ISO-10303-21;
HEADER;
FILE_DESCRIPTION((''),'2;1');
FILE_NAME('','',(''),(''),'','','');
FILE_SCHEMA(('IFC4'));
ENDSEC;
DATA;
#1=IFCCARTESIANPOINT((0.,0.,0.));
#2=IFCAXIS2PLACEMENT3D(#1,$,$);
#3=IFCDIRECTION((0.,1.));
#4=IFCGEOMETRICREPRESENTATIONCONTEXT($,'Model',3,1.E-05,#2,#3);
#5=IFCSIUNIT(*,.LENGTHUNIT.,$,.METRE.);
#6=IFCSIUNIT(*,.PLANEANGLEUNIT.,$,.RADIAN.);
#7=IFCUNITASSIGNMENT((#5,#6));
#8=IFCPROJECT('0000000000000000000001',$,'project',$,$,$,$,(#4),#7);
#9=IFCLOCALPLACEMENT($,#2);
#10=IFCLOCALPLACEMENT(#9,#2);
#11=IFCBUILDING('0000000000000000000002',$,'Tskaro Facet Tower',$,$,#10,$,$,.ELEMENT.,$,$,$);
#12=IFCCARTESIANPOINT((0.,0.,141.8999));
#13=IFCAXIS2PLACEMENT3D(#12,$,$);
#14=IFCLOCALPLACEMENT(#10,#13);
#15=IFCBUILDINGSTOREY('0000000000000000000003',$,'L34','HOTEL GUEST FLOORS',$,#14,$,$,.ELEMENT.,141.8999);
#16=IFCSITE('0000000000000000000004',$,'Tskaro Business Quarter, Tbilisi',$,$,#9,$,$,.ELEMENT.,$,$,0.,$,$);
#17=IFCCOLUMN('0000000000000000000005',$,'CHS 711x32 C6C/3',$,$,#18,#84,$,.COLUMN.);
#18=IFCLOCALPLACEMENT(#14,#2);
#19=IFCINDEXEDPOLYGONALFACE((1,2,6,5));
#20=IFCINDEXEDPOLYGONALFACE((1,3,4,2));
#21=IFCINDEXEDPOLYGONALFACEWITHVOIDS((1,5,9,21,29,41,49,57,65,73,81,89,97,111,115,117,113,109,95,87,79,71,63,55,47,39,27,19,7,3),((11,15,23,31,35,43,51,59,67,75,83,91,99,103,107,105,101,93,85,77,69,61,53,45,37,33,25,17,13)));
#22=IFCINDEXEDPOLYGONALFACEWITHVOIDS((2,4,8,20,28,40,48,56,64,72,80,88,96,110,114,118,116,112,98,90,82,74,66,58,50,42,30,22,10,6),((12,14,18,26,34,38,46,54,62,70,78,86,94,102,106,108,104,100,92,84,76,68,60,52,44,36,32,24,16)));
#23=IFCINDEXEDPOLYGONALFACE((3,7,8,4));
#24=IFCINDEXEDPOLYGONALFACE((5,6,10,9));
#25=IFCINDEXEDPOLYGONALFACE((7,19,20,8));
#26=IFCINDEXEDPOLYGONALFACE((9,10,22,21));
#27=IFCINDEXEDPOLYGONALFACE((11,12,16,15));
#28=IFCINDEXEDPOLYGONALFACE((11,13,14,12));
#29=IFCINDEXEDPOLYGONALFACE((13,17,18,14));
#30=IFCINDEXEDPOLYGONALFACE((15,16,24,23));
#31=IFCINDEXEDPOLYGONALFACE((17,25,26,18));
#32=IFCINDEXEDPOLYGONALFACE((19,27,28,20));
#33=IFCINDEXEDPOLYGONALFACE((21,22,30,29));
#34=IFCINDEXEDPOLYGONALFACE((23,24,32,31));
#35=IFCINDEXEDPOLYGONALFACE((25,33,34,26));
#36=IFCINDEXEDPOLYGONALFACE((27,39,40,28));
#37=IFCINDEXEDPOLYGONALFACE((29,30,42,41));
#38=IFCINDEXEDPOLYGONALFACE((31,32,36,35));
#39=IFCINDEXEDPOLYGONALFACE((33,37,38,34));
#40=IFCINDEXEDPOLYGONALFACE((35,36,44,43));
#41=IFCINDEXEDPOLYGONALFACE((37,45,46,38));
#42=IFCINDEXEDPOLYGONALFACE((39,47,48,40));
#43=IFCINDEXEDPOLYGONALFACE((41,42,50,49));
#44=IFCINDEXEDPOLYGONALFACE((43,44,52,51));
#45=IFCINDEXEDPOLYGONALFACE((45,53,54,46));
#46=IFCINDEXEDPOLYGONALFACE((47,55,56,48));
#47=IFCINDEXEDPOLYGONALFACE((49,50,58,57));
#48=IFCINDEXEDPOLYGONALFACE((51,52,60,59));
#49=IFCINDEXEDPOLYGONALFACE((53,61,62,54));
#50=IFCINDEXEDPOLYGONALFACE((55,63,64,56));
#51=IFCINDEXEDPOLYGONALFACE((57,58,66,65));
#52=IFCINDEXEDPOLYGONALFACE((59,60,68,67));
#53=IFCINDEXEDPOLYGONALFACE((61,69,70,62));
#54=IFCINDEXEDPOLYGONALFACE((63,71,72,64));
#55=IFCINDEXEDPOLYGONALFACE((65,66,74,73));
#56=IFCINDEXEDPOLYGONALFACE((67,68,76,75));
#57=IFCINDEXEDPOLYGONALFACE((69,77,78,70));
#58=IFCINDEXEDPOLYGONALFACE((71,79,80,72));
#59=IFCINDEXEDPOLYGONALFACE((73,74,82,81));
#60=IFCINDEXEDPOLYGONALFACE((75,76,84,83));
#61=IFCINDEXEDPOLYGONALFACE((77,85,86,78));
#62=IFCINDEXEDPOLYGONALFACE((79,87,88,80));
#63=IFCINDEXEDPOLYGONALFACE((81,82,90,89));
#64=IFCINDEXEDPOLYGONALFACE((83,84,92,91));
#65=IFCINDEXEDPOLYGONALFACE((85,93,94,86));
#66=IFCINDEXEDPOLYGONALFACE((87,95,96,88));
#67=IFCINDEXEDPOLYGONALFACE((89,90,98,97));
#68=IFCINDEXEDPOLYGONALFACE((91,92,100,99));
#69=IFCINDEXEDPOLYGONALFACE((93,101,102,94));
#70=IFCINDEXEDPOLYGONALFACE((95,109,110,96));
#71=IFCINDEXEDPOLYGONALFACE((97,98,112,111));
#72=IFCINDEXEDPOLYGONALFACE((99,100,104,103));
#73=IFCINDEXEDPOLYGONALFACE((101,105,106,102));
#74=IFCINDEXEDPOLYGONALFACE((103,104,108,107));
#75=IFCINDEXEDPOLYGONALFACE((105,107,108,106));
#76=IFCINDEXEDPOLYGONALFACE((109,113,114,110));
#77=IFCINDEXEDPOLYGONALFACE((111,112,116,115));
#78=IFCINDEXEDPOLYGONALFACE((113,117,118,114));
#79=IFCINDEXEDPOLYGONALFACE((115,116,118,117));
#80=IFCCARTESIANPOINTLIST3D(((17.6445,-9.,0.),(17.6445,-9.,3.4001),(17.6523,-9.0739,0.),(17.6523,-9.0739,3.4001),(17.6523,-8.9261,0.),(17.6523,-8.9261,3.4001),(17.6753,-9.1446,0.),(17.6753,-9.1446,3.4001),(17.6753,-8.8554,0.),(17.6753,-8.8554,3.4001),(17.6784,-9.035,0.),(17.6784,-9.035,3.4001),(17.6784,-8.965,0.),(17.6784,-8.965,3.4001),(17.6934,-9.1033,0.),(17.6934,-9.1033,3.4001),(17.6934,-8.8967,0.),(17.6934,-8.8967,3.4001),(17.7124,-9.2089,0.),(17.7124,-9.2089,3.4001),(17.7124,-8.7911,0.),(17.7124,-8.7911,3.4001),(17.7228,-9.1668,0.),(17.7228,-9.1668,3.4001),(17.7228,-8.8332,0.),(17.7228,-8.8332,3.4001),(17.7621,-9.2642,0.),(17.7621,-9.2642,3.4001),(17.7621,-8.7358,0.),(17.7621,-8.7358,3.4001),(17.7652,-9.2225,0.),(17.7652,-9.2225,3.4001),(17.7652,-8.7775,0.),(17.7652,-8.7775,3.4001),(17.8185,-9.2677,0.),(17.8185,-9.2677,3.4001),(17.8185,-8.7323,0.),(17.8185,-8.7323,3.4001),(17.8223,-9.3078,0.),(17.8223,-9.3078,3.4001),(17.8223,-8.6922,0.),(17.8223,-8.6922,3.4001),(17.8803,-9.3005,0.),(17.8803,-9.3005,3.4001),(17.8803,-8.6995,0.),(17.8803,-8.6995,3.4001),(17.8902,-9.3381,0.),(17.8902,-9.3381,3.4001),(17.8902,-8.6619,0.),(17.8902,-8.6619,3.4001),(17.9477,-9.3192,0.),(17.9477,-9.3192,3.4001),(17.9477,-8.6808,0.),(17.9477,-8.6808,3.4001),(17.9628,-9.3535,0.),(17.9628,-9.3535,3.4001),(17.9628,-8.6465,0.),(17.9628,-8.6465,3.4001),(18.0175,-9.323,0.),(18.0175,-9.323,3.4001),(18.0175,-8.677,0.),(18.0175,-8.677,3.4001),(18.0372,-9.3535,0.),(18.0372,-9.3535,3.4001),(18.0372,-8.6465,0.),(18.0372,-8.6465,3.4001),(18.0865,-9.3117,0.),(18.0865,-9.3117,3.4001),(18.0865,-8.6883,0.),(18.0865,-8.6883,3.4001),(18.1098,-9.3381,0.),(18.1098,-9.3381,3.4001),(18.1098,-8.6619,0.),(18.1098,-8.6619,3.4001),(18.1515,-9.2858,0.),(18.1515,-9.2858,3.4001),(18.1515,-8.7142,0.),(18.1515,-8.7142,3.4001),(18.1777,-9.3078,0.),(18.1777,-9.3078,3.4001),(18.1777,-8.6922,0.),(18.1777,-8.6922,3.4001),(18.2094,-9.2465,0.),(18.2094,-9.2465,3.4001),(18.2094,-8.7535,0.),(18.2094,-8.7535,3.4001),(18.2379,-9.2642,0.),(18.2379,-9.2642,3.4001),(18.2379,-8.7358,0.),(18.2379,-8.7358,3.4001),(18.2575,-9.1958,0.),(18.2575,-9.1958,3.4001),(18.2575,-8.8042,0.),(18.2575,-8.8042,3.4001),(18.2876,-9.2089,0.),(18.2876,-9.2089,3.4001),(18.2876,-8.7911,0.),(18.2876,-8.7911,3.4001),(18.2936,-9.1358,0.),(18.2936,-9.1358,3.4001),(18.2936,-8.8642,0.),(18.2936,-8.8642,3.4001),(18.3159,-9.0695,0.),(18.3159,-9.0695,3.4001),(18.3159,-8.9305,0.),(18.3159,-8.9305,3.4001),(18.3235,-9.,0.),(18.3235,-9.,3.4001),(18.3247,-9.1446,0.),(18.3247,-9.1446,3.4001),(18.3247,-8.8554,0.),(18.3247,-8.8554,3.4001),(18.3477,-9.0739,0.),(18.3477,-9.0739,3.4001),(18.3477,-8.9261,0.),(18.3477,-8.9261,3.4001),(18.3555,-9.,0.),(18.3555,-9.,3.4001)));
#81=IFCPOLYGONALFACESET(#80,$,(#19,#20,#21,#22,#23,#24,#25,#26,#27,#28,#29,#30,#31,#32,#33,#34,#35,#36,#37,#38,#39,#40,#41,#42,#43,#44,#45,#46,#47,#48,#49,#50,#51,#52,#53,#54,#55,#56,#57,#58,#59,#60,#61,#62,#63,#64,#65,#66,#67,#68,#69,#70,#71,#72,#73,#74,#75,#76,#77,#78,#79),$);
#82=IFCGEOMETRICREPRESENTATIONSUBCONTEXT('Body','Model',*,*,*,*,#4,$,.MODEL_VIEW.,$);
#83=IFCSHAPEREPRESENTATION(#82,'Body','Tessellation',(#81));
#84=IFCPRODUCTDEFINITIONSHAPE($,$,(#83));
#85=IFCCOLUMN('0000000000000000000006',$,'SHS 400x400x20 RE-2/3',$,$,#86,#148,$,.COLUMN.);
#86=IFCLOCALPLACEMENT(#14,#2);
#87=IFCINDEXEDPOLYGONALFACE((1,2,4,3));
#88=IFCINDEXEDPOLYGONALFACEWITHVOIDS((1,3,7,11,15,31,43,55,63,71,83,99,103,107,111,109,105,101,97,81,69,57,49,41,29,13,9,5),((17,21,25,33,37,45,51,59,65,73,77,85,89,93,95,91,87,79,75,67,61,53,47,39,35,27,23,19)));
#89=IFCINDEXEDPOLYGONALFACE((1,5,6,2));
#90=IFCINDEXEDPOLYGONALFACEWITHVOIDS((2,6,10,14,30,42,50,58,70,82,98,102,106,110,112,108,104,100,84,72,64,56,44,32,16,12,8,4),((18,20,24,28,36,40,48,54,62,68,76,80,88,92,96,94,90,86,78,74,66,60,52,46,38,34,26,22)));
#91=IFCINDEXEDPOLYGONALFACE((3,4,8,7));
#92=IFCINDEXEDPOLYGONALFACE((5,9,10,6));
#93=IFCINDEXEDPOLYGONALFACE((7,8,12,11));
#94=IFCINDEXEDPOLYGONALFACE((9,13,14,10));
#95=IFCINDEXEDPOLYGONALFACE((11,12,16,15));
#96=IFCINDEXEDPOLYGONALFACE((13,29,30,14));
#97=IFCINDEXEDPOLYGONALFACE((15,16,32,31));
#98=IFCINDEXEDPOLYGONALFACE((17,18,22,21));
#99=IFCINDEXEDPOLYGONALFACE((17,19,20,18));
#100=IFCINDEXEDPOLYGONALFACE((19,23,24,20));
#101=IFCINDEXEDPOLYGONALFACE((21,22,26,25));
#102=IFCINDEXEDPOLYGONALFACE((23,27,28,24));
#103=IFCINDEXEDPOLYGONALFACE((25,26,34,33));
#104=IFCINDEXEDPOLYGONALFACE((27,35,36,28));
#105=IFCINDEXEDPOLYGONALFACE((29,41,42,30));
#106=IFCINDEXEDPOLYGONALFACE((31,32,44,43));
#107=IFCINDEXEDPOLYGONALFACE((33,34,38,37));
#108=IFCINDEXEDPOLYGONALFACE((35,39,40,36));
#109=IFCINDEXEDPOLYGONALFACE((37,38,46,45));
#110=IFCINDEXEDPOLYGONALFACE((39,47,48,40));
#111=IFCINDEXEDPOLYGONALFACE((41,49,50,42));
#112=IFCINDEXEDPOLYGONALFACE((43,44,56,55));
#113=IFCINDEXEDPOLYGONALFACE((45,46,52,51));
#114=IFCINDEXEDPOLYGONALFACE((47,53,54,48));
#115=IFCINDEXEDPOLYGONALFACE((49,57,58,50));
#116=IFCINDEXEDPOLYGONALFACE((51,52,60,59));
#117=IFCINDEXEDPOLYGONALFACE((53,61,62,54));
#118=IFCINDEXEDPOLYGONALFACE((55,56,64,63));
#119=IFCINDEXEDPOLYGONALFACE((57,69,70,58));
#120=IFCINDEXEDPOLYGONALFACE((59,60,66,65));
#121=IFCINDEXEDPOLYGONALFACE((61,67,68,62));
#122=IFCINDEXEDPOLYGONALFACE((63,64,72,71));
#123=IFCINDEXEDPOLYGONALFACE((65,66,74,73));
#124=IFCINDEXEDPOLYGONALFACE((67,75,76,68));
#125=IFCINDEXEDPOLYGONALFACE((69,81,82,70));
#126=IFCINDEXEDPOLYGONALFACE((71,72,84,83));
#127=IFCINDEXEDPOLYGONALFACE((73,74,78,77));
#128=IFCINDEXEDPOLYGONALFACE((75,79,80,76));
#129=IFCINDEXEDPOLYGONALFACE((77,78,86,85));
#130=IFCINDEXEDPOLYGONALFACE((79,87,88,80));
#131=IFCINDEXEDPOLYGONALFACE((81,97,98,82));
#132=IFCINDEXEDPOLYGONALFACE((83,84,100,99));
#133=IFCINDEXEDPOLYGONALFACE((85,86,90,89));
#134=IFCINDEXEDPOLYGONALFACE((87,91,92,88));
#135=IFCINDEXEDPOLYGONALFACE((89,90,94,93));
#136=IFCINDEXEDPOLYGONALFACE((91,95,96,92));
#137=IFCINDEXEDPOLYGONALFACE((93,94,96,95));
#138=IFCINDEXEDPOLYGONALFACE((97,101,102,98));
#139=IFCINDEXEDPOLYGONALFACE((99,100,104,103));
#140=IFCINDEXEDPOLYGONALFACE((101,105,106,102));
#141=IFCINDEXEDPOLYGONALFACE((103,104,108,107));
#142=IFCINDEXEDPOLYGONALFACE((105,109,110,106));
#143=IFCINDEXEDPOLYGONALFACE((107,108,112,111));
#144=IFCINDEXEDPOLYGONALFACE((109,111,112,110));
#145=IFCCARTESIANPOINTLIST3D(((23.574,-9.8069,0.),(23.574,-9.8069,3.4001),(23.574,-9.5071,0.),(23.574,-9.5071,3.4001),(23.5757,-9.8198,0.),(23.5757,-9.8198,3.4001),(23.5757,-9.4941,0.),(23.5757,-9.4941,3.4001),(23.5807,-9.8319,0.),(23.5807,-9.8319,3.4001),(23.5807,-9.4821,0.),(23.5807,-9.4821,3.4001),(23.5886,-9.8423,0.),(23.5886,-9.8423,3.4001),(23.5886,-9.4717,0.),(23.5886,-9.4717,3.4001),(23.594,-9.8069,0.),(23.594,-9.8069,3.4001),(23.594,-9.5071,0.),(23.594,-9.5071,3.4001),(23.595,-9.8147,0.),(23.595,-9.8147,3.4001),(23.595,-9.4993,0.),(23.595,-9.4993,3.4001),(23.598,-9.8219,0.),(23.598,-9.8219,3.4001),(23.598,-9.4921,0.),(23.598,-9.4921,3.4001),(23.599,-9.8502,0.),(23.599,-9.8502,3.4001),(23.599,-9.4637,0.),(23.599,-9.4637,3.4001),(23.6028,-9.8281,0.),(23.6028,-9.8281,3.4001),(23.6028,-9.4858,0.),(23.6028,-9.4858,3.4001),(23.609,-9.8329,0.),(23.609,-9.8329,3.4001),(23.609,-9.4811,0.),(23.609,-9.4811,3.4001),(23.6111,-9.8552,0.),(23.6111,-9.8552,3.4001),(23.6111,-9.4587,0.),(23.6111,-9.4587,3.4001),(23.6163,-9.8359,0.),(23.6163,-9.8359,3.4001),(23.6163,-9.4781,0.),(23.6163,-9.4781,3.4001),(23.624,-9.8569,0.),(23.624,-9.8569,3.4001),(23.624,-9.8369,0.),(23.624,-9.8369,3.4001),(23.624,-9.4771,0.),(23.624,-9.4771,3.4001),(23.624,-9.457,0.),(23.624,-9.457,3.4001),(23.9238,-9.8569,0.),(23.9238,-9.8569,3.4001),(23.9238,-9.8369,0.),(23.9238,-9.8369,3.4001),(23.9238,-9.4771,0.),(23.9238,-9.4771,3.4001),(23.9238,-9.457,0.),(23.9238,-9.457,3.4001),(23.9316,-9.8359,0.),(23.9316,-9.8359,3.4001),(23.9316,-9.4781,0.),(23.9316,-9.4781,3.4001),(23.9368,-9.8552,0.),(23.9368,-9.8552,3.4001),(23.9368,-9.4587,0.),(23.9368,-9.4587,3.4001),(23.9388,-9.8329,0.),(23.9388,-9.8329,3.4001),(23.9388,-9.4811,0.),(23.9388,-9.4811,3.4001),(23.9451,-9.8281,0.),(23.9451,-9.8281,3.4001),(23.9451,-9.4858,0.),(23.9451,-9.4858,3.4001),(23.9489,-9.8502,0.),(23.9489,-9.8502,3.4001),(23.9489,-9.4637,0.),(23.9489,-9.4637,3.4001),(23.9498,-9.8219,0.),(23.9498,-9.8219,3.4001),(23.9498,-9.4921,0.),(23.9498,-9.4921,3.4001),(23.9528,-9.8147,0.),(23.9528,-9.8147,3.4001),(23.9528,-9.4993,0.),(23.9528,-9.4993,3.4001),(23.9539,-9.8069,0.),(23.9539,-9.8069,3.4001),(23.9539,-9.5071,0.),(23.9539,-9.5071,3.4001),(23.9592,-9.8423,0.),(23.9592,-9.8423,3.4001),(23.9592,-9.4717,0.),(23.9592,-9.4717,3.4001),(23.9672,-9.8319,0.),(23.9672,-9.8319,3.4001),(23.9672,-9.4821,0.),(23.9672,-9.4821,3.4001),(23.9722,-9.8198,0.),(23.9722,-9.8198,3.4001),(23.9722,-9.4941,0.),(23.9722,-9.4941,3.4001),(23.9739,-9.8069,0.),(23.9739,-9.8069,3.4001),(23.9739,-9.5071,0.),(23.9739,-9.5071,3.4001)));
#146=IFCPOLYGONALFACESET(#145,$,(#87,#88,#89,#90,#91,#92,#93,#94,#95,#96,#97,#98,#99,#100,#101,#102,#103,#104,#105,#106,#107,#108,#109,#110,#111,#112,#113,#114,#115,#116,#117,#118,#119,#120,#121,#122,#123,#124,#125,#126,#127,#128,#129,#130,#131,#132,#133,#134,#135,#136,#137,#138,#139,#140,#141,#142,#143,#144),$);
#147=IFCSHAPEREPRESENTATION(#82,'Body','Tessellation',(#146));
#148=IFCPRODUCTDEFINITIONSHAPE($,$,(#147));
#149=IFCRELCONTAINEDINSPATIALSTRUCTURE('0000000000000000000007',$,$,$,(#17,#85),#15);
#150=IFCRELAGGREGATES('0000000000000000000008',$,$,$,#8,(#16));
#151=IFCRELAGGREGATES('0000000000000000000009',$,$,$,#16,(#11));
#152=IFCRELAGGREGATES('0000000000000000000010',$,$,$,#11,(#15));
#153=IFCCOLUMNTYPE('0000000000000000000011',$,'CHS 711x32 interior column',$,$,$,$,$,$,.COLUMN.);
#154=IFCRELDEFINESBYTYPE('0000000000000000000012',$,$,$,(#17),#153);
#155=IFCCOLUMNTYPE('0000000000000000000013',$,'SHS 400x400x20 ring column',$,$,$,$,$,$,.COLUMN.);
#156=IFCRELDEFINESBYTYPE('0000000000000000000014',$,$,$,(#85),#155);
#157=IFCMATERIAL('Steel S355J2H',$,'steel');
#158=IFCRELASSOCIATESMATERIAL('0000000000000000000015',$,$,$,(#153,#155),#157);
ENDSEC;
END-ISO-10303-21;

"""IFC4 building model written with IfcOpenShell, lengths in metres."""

from ifc_helpers import new_model, si_unit, direction, frame, origin, origin_2d, place, context, subcontext, project, spatial, hollow_rectangle, hollow_circle, extrude, material, material_profile, profile_set, type_object, element, save


model = new_model("IFC4")

# Units and contexts
model_context = context("Model", 3, precision=1e-05, world=origin(), true_north=direction((0.0, 1.0)))
body_context = subcontext(model_context, "Body", "Model", "MODEL_VIEW")
ifc_project = project(units=[si_unit("LENGTHUNIT", "METRE"), si_unit("PLANEANGLEUNIT", "RADIAN")], contexts=[model_context])

# Site, building, storey
site_placement = place(None, origin())
site = spatial("IfcSite", under=ifc_project, at=site_placement, Name="Tskaro Business Quarter, Tbilisi", CompositionType="ELEMENT", RefElevation=0.0)
building_placement = place(site_placement, origin())
building = spatial("IfcBuilding", under=site, at=building_placement, Name="Tskaro Facet Tower", CompositionType="ELEMENT")
storey_placement = place(building_placement, frame((0.0, 0.0, 141.8999)))
storey = spatial("IfcBuildingStorey", under=building, at=storey_placement, Name="L34", Description="HOTEL GUEST FLOORS", CompositionType="ELEMENT", Elevation=141.8999)

# Columns
ifc_material_1 = material(Name="Steel S355J2H", Category="steel")
ifc_material_profile_1 = material_profile(ifc_material_1, hollow_circle(Radius=0.3555, WallThickness=0.032, at=origin_2d()), Name="CHS 711x32")
ifc_profile_set_1 = profile_set([ifc_material_profile_1], Name="Steel S355J2H")
column_type_1 = type_object("IfcColumnType", Name="CHS 711x32 interior column", PredefinedType="COLUMN", material=ifc_profile_set_1)
column_placement = place(storey_placement, frame((18.0, -9.0, 0.0), z_axis=(0.0, 0.0, 1.0), x_axis=(1.0, 0.0, 0.0)))
element("IfcColumn", 1, at=column_placement, inside=storey, type_object=column_type_1, Name="CHS 711x32 C6C/3", PredefinedType="COLUMN", context=body_context, shape_type="SweptSolid", body=[
    extrude(hollow_circle(Radius=0.3555, WallThickness=0.032, at=origin_2d()), origin(), (0.0, 0.0, 1.0), 3.4001),
])
ifc_material_profile_2 = material_profile(ifc_material_1, hollow_rectangle(XDim=0.3999, YDim=0.3999, WallThickness=0.02, InnerFilletRadius=0.03, OuterFilletRadius=0.05, at=origin_2d()), Name="SHS 400x400x20")
ifc_profile_set_2 = profile_set([ifc_material_profile_2], Name="Steel S355J2H")
column_type_2 = type_object("IfcColumnType", Name="SHS 400x400x20 ring column", PredefinedType="COLUMN", material=ifc_profile_set_2)
for number, where, z_axis, x_axis, name in (
    (2, (23.7739, -9.657, 0.0), (0.0, 0.0, 1.0), (1.0, 0.0, 0.0), "SHS 400x400x20 RE-2/3"),
):
    element("IfcColumn", number, at=place(storey_placement, frame(where, z_axis=z_axis, x_axis=x_axis)), inside=storey, type_object=column_type_2, Name=name, PredefinedType="COLUMN", context=body_context, shape_type="SweptSolid", body=[
        extrude(hollow_rectangle(XDim=0.3999, YDim=0.3999, WallThickness=0.02, InnerFilletRadius=0.03, OuterFilletRadius=0.05, at=origin_2d()), origin(), (0.0, 0.0, 1.0), 3.4001),
    ])

save(model, "model.ifc")
